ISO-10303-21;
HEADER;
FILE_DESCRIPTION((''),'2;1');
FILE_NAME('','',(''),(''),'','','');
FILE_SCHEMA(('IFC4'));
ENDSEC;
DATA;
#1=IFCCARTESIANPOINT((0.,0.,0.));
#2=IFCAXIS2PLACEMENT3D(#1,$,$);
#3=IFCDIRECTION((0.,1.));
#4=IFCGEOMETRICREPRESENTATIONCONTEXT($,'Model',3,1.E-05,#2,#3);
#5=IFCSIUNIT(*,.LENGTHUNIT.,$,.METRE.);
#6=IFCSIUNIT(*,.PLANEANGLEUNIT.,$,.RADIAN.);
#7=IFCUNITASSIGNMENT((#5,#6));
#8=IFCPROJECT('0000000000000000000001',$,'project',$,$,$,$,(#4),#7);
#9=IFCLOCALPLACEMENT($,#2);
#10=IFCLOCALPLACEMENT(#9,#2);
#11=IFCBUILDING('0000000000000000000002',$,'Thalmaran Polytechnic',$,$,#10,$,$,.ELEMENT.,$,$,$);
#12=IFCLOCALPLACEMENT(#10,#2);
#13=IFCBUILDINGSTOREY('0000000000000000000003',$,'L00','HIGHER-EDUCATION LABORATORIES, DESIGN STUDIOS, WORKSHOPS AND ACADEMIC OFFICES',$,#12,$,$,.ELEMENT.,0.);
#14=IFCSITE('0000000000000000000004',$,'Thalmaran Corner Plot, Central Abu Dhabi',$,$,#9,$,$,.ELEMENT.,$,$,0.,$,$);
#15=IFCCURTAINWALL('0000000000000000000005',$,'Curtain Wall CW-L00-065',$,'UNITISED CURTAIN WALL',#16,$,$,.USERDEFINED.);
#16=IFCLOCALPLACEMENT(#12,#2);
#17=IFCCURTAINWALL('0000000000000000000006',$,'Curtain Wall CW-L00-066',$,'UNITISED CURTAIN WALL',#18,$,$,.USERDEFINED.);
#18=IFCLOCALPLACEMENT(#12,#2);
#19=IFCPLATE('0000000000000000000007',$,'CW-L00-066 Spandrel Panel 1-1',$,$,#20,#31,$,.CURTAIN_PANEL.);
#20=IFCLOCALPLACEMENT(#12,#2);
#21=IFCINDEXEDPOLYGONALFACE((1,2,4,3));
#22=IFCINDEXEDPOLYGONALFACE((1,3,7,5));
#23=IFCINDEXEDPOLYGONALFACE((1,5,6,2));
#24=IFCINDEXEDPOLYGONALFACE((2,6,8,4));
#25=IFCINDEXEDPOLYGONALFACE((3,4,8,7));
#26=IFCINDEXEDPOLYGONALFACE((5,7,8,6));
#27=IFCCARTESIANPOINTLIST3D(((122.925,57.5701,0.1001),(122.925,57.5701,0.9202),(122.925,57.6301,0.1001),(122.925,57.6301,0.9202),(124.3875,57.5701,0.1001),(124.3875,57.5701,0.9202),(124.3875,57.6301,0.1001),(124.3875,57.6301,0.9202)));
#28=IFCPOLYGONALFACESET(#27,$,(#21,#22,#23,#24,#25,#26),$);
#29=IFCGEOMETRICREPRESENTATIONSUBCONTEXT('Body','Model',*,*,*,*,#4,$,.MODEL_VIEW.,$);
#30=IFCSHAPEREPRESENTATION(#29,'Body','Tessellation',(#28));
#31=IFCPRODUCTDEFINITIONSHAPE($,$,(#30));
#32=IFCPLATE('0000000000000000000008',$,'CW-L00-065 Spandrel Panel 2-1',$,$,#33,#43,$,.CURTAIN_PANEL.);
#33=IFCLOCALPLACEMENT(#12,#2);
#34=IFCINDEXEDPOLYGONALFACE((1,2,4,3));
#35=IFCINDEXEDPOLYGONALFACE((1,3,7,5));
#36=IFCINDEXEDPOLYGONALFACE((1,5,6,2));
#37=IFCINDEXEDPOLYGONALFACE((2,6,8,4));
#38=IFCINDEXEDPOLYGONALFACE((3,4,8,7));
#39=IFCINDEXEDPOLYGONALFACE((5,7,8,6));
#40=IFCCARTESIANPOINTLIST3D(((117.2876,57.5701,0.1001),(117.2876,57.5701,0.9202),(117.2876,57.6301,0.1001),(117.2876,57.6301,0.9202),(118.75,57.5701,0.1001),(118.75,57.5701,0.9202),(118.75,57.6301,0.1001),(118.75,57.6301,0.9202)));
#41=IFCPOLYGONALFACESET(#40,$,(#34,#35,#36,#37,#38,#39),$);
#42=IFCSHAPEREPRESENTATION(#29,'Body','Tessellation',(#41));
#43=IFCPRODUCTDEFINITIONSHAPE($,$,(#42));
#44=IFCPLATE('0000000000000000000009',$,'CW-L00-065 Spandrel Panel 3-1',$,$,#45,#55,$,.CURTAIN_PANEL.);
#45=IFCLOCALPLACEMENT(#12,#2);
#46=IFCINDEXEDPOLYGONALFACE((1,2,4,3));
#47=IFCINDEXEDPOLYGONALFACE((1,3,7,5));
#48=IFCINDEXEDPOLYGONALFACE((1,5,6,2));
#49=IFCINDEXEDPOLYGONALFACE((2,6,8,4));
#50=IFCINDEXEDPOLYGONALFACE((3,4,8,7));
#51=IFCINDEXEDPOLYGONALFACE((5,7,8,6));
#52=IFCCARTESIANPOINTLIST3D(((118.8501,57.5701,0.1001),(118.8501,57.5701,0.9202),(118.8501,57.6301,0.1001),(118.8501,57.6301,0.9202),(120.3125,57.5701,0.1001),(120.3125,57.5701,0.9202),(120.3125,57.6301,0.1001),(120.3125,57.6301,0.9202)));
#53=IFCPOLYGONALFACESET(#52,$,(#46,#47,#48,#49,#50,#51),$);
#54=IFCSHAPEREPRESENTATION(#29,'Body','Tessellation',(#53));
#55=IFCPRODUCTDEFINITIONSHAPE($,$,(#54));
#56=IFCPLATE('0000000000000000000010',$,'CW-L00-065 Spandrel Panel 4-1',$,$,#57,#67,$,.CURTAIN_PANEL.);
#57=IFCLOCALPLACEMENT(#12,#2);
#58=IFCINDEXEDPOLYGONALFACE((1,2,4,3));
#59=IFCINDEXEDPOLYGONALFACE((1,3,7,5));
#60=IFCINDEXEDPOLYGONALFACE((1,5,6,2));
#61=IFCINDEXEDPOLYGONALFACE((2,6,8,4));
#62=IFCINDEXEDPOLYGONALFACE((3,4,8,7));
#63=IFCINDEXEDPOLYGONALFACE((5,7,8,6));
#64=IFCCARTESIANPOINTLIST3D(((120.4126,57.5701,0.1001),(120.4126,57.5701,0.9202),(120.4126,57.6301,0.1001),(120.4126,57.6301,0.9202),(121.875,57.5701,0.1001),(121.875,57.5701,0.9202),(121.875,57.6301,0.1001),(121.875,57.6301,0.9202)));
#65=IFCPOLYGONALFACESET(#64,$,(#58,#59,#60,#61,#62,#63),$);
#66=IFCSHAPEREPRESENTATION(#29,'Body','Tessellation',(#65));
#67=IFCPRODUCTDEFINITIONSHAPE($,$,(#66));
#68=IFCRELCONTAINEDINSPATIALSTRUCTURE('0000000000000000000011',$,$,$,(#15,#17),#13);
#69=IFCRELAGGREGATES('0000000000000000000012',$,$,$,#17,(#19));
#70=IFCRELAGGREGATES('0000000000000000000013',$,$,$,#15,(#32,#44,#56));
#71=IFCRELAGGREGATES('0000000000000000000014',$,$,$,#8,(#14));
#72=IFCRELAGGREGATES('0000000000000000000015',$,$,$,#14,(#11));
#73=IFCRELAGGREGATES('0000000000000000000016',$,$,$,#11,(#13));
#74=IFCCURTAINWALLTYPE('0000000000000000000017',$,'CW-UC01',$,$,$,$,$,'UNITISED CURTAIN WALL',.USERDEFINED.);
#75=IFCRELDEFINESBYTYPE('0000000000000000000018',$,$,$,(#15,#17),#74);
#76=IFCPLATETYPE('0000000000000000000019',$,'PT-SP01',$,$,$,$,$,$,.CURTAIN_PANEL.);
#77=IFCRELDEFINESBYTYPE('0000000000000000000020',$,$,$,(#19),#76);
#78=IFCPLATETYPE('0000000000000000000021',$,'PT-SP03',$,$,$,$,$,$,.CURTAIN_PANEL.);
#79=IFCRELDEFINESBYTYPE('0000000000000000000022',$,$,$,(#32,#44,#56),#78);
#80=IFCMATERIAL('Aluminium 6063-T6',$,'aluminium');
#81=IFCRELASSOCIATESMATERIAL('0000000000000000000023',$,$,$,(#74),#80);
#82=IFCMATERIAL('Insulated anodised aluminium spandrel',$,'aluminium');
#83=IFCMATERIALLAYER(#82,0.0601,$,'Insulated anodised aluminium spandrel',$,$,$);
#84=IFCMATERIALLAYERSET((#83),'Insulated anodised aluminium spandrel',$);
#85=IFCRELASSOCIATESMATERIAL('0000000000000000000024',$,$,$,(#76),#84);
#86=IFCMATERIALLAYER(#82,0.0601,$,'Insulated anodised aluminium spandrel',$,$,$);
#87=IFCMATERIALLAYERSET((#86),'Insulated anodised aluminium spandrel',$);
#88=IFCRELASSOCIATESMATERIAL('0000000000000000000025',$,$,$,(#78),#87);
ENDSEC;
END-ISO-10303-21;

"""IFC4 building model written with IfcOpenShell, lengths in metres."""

from ifc_helpers import new_model, si_unit, direction, frame, origin, origin_2d, place, context, subcontext, project, spatial, rectangle, extrude, material, layer, layer_set, type_object, element, aggregate, save


model = new_model("IFC4")

# Units and contexts
model_context = context("Model", 3, precision=1e-05, world=origin(), true_north=direction((0.0, 1.0)))
body_context = subcontext(model_context, "Body", "Model", "MODEL_VIEW")
ifc_project = project(units=[si_unit("LENGTHUNIT", "METRE"), si_unit("PLANEANGLEUNIT", "RADIAN")], contexts=[model_context])

# Site, building, storey
site_placement = place(None, origin())
site = spatial("IfcSite", under=ifc_project, at=site_placement, Name="Thalmaran Corner Plot, Central Abu Dhabi", CompositionType="ELEMENT", RefElevation=0.0)
building_placement = place(site_placement, origin())
building = spatial("IfcBuilding", under=site, at=building_placement, Name="Thalmaran Polytechnic", CompositionType="ELEMENT")
storey_placement = place(building_placement, origin())
storey = spatial("IfcBuildingStorey", under=building, at=storey_placement, Name="L00", Description="HIGHER-EDUCATION LABORATORIES, DESIGN STUDIOS, WORKSHOPS AND ACADEMIC OFFICES", CompositionType="ELEMENT", Elevation=0.0)

# Curtain walls
ifc_material_1 = material(Name="Aluminium 6063-T6", Category="aluminium")
curtain_wall_type = type_object("IfcCurtainWallType", Name="CW-UC01", ElementType="UNITISED CURTAIN WALL", PredefinedType="USERDEFINED", material=ifc_material_1)
curtain_wall_1_placement = place(storey_placement, origin())
curtain_wall_1 = element("IfcCurtainWall", 1, at=curtain_wall_1_placement, inside=storey, type_object=curtain_wall_type, Name="Curtain Wall CW-L00-065", ObjectType="UNITISED CURTAIN WALL", PredefinedType="USERDEFINED")
curtain_wall_2_placement = place(storey_placement, origin())
curtain_wall_2 = element("IfcCurtainWall", 2, at=curtain_wall_2_placement, inside=storey, type_object=curtain_wall_type, Name="Curtain Wall CW-L00-066", ObjectType="UNITISED CURTAIN WALL", PredefinedType="USERDEFINED")

# Plates
ifc_material_2 = material(Name="Insulated anodised aluminium spandrel", Category="aluminium")
ifc_layer_1 = layer(ifc_material_2, 0.0601, Name="Insulated anodised aluminium spandrel")
ifc_layer_set_1 = layer_set([ifc_layer_1], Name="Insulated anodised aluminium spandrel")
plate_type_1 = type_object("IfcPlateType", Name="PT-SP01", PredefinedType="CURTAIN_PANEL", material=ifc_layer_set_1)
plate_1_placement = place(storey_placement, frame((123.6562, 57.6001, 0.1001), z_axis=(0.0, 0.0, 1.0), x_axis=(1.0, 0.0, 0.0)))
plate_1 = element("IfcPlate", 3, at=plate_1_placement, type_object=plate_type_1, Name="CW-L00-066 Spandrel Panel 1-1", PredefinedType="CURTAIN_PANEL", context=body_context, shape_type="SweptSolid", body=[
    extrude(rectangle(XDim=1.4624, YDim=0.0601, at=origin_2d()), origin(), (0.0, 0.0, 1.0), 0.8201),
])
aggregate(curtain_wall_2, [plate_1])
ifc_layer_2 = layer(ifc_material_2, 0.0601, Name="Insulated anodised aluminium spandrel")
ifc_layer_set_2 = layer_set([ifc_layer_2], Name="Insulated anodised aluminium spandrel")
plate_type_2 = type_object("IfcPlateType", Name="PT-SP03", PredefinedType="CURTAIN_PANEL", material=ifc_layer_set_2)
plate_2_placement = place(storey_placement, frame((118.0188, 57.6001, 0.1001), z_axis=(0.0, 0.0, 1.0), x_axis=(1.0, 0.0, 0.0)))
plate_2 = element("IfcPlate", 4, at=plate_2_placement, type_object=plate_type_2, Name="CW-L00-065 Spandrel Panel 2-1", PredefinedType="CURTAIN_PANEL", context=body_context, shape_type="SweptSolid", body=[
    extrude(rectangle(XDim=1.4624, YDim=0.0601, at=origin_2d()), origin(), (0.0, 0.0, 1.0), 0.8201),
])
plate_3_placement = place(storey_placement, frame((119.5813, 57.6001, 0.1001), z_axis=(0.0, 0.0, 1.0), x_axis=(1.0, 0.0, 0.0)))
plate_3 = element("IfcPlate", 5, at=plate_3_placement, type_object=plate_type_2, Name="CW-L00-065 Spandrel Panel 3-1", PredefinedType="CURTAIN_PANEL", context=body_context, shape_type="SweptSolid", body=[
    extrude(rectangle(XDim=1.4624, YDim=0.0601, at=origin_2d()), origin(), (0.0, 0.0, 1.0), 0.8201),
])
plate_4_placement = place(storey_placement, frame((121.1438, 57.6001, 0.1001), z_axis=(0.0, 0.0, 1.0), x_axis=(1.0, 0.0, 0.0)))
plate_4 = element("IfcPlate", 6, at=plate_4_placement, type_object=plate_type_2, Name="CW-L00-065 Spandrel Panel 4-1", PredefinedType="CURTAIN_PANEL", context=body_context, shape_type="SweptSolid", body=[
    extrude(rectangle(XDim=1.4624, YDim=0.0601, at=origin_2d()), origin(), (0.0, 0.0, 1.0), 0.8201),
])
aggregate(curtain_wall_1, [plate_2, plate_3, plate_4])

save(model, "model.ifc")
